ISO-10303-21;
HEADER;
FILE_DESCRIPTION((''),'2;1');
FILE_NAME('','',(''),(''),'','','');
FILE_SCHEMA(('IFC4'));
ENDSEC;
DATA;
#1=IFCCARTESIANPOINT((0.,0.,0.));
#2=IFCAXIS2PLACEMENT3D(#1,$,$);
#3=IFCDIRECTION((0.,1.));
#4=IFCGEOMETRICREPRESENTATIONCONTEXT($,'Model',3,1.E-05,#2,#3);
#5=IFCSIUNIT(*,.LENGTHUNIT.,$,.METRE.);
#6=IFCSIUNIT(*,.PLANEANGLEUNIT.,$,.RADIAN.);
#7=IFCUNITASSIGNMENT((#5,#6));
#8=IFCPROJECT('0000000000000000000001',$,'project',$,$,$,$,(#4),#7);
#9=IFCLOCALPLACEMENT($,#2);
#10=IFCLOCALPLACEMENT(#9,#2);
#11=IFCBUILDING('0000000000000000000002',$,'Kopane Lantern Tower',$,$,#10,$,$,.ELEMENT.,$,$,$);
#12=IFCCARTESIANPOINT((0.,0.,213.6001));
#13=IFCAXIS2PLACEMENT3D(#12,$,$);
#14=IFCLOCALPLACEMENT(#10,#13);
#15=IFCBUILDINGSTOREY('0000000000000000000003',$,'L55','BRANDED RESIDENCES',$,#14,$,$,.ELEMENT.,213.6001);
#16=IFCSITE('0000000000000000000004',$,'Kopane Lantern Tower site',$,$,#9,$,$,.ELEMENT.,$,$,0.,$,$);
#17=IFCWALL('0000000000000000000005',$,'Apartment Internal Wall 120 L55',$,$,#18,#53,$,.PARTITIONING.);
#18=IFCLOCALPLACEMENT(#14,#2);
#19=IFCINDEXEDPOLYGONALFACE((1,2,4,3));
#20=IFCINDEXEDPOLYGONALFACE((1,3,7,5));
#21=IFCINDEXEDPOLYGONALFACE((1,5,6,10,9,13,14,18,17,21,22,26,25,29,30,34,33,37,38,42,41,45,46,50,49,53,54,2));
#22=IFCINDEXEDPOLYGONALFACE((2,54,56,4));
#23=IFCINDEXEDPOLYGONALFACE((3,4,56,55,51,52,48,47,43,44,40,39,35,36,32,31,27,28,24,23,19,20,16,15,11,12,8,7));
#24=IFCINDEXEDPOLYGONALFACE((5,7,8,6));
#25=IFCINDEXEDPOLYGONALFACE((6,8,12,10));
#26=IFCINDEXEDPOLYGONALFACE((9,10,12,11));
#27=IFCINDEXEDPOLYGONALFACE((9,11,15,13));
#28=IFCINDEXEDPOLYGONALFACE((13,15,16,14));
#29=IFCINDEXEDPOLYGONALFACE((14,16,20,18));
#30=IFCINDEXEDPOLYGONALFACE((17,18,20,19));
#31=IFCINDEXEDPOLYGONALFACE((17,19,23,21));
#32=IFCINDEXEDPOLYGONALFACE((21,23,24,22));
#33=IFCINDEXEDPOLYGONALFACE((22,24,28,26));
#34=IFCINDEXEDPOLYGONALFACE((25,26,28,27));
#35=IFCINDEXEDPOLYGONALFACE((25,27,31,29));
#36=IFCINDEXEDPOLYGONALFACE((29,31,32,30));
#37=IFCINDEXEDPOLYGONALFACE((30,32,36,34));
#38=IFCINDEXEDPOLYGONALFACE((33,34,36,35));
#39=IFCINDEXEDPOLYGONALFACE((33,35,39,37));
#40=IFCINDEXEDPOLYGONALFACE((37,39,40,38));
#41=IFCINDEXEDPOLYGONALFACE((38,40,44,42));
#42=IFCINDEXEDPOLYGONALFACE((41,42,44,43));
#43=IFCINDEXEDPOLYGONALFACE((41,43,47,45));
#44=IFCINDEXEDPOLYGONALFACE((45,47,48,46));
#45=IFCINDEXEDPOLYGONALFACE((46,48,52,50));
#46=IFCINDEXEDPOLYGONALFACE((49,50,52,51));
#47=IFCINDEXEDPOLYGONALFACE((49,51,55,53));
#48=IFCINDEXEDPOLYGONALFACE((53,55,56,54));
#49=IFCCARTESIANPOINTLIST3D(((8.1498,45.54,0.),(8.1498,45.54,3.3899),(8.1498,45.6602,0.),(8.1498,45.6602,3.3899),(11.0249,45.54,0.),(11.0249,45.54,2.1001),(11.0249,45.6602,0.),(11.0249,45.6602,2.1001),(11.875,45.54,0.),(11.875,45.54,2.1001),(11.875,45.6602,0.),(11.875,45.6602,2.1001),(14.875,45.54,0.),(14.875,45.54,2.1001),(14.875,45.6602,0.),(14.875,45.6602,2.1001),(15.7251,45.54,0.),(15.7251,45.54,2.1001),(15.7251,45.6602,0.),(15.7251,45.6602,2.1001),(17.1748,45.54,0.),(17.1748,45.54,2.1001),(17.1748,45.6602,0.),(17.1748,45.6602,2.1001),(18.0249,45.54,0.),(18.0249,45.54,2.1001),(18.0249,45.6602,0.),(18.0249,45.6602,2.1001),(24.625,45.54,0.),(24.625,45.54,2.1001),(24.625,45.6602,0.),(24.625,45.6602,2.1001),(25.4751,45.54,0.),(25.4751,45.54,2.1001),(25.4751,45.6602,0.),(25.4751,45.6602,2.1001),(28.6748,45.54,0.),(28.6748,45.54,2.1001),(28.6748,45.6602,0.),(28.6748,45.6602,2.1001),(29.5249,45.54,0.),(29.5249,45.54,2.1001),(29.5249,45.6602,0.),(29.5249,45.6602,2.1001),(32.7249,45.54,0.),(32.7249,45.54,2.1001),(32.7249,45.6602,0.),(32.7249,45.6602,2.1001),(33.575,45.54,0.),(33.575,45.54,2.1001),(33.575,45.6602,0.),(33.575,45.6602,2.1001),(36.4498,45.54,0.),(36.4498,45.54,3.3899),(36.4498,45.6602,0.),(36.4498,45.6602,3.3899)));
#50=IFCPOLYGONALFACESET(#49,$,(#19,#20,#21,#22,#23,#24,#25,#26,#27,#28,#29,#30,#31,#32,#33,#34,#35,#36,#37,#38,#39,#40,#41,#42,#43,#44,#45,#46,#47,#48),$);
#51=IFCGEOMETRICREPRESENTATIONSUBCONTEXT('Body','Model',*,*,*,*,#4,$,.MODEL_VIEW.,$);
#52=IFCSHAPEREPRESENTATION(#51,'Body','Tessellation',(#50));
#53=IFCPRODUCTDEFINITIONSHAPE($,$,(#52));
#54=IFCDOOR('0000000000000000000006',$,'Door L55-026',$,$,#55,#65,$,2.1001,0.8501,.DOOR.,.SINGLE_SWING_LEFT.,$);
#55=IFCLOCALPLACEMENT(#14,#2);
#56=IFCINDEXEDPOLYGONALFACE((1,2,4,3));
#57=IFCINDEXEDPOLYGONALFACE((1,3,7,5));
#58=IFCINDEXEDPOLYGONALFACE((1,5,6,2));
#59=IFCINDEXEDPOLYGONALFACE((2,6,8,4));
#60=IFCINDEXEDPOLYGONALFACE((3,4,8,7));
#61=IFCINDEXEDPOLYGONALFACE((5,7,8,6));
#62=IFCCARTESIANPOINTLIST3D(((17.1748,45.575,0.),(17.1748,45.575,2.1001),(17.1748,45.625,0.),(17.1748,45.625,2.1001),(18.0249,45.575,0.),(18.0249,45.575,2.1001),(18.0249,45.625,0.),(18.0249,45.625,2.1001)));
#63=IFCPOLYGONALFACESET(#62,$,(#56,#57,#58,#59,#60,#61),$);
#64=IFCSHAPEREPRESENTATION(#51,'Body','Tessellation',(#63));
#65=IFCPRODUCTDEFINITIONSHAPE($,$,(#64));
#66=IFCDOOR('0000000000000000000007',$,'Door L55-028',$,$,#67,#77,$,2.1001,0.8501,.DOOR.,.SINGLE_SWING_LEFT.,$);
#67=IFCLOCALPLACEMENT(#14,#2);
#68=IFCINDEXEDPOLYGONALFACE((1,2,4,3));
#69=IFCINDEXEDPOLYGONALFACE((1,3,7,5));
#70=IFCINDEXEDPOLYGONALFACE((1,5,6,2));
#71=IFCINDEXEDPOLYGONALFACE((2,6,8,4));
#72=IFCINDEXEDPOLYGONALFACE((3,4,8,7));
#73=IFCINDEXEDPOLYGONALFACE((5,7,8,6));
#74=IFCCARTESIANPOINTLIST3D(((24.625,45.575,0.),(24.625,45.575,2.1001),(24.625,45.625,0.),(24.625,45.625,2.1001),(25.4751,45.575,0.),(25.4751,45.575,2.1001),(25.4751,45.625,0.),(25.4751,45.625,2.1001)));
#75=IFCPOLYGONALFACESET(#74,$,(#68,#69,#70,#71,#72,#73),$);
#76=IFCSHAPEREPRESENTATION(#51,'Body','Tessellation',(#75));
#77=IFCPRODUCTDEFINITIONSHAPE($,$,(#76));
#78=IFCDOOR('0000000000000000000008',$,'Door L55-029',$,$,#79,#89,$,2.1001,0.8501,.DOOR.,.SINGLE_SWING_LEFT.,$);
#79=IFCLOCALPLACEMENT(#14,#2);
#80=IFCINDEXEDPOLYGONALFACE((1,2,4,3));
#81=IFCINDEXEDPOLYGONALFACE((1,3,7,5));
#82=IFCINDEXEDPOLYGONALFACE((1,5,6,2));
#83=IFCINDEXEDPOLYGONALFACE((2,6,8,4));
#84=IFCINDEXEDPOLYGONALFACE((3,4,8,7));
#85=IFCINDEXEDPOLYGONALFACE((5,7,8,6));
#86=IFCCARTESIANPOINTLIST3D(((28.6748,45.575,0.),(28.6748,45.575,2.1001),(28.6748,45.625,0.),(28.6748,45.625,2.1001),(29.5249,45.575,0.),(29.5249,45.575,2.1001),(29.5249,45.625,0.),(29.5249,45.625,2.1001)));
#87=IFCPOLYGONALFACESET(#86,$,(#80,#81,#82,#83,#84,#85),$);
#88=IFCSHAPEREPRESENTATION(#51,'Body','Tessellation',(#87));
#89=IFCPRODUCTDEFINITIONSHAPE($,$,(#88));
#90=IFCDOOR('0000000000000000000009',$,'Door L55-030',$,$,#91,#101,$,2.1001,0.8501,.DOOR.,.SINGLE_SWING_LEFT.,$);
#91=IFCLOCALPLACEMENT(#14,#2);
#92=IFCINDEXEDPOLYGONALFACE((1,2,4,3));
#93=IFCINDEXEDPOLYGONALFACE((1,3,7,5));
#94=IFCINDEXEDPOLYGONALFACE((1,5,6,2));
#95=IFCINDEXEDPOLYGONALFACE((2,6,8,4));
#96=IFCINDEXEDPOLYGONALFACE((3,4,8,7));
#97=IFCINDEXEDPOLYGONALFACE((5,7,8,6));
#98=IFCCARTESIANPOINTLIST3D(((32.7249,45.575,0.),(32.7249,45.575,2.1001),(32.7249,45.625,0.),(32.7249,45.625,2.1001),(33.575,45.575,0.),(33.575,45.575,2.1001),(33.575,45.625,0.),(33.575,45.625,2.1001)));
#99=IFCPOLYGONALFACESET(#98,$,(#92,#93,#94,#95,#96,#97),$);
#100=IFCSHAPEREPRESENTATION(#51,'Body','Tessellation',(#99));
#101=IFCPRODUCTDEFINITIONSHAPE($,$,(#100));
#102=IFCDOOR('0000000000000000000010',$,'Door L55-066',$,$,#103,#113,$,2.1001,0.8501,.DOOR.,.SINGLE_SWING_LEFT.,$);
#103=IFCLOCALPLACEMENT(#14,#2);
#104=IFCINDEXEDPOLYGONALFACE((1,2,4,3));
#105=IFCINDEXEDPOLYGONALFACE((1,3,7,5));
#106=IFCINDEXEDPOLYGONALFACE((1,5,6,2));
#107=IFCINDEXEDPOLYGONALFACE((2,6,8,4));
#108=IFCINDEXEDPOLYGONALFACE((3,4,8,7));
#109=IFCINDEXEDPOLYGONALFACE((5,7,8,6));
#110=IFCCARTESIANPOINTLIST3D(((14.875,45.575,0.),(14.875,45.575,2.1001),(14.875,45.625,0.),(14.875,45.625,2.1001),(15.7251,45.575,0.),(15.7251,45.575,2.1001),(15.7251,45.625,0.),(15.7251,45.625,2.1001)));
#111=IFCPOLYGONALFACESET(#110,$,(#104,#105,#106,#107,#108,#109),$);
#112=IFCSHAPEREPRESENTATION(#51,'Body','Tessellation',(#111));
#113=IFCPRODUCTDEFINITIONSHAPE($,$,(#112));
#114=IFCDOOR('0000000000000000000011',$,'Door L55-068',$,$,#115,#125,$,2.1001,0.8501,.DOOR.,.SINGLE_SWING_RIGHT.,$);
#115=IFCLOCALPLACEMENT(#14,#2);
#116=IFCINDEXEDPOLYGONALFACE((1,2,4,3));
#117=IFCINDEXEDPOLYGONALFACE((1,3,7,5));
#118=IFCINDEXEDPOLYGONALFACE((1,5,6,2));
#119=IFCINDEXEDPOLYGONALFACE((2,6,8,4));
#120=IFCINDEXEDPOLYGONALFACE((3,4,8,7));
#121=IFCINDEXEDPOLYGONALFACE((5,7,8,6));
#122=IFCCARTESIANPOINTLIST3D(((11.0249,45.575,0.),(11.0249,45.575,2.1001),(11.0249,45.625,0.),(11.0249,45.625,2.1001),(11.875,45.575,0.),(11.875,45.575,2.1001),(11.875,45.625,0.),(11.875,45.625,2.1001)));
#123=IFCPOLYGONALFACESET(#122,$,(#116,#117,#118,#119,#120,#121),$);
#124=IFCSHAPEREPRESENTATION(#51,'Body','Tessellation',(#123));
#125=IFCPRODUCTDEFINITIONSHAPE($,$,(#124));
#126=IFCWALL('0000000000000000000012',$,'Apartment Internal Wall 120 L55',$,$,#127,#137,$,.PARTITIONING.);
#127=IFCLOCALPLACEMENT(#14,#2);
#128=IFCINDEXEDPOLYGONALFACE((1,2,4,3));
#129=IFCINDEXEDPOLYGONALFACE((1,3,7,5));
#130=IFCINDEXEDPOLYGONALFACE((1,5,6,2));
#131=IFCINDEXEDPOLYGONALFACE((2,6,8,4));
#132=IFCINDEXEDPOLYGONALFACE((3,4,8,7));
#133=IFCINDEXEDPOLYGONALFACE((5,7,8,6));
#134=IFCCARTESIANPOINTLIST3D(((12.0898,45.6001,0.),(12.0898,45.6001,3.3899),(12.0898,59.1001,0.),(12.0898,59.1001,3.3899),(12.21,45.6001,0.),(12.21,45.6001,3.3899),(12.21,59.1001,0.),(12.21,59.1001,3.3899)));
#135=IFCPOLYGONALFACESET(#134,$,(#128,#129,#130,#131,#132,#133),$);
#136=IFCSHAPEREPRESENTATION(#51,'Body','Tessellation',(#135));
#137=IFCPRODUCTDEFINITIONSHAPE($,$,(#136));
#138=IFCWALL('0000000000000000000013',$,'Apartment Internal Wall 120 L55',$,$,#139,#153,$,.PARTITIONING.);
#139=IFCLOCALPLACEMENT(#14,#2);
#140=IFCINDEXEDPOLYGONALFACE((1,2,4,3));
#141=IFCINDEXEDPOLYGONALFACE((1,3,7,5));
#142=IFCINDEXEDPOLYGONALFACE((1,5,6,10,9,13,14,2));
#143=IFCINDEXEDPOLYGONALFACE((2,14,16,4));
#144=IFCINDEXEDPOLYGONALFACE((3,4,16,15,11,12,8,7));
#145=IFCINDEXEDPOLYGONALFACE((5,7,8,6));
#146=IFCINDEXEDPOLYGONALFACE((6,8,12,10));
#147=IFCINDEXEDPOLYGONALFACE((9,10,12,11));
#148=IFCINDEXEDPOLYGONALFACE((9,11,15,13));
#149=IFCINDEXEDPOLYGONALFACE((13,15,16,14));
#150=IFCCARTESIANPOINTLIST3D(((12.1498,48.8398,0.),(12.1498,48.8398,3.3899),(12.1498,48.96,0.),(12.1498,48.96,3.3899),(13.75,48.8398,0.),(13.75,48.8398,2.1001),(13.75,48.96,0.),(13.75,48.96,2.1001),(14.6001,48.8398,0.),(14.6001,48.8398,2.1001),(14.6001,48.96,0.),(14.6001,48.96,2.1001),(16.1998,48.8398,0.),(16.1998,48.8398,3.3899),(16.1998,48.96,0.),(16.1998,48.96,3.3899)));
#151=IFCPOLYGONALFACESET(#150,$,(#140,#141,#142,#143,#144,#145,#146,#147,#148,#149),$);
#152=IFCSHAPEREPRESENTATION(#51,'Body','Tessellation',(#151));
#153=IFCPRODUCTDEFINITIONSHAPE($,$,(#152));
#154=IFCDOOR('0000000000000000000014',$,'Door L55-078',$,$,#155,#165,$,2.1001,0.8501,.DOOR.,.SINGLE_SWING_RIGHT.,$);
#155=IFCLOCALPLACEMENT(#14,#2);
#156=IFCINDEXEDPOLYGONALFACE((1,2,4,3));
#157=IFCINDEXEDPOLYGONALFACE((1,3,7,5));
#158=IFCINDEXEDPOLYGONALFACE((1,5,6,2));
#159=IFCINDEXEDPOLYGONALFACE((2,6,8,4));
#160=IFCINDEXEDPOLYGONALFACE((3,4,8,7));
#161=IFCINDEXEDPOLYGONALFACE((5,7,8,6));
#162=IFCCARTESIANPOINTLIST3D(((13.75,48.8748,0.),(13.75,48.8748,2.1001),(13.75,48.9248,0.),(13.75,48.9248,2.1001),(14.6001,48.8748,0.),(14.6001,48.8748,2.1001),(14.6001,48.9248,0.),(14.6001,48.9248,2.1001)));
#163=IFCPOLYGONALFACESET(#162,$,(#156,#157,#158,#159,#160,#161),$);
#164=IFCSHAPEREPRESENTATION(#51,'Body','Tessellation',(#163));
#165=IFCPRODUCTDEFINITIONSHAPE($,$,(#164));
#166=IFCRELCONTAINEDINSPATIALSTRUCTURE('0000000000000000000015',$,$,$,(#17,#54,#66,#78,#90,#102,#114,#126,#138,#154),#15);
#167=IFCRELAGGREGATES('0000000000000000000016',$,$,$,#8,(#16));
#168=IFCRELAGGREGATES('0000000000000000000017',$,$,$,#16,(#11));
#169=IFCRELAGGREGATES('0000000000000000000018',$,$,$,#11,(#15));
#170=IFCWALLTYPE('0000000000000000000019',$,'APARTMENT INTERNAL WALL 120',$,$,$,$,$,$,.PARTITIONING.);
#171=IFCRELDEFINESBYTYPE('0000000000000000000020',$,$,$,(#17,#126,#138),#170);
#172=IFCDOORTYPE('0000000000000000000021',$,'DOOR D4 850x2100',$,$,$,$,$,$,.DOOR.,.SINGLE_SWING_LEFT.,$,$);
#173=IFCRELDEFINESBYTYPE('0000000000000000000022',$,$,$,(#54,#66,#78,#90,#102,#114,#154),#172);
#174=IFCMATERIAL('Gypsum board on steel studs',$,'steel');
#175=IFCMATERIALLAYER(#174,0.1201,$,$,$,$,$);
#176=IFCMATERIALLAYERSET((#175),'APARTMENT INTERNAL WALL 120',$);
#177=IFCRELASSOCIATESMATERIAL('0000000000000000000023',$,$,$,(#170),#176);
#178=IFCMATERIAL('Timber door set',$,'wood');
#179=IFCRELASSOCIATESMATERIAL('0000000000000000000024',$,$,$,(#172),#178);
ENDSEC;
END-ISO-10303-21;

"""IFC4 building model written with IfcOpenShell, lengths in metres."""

from ifc_helpers import new_model, si_unit, direction, frame, frame_2d, origin, place, context, subcontext, project, spatial, rectangle, extrude, material, layer, layer_set, type_object, element, fill, save


model = new_model("IFC4")

# Units and contexts
model_context = context("Model", 3, precision=1e-05, world=origin(), true_north=direction((0.0, 1.0)))
body_context = subcontext(model_context, "Body", "Model", "MODEL_VIEW")
ifc_project = project(units=[si_unit("LENGTHUNIT", "METRE"), si_unit("PLANEANGLEUNIT", "RADIAN")], contexts=[model_context])

# Site, building, storey
site_placement = place(None, origin())
site = spatial("IfcSite", under=ifc_project, at=site_placement, Name="Kopane Lantern Tower site", CompositionType="ELEMENT", RefElevation=0.0)
building_placement = place(site_placement, origin())
building = spatial("IfcBuilding", under=site, at=building_placement, Name="Kopane Lantern Tower", CompositionType="ELEMENT")
storey_placement = place(building_placement, frame((0.0, 0.0, 213.6001)))
storey = spatial("IfcBuildingStorey", under=building, at=storey_placement, Name="L55", Description="BRANDED RESIDENCES", CompositionType="ELEMENT", Elevation=213.6001)

# Wall, openings, doors
ifc_material_1 = material(Name="Gypsum board on steel studs", Category="steel")
ifc_layer = layer(ifc_material_1, 0.1201)
ifc_layer_set = layer_set([ifc_layer], Name="APARTMENT INTERNAL WALL 120")
wall_type = type_object("IfcWallType", Name="APARTMENT INTERNAL WALL 120", PredefinedType="PARTITIONING", material=ifc_layer_set)
wall_1_placement = place(storey_placement, frame((8.1499, 45.6001, 0.0), z_axis=(0.0, 0.0, 1.0), x_axis=(1.0, 0.0, 0.0)))
wall_1 = element("IfcWall", 1, at=wall_1_placement, inside=storey, type_object=wall_type, Name="Apartment Internal Wall 120 L55", PredefinedType="PARTITIONING", context=body_context, shape_type="SweptSolid", body=[
    extrude(rectangle(XDim=28.3, YDim=0.1201, at=frame_2d((14.1499, 0.0))), origin(), (0.0, 0.0, 1.0), 3.3899),
])
opening_1_placement = place(wall_1_placement, frame((9.0249, 0.0, 0.0)))
opening_1 = element("IfcOpeningElement", 2, at=opening_1_placement, cuts=wall_1, PredefinedType="OPENING", context=body_context, shape_type="SweptSolid", body=[
    extrude(rectangle(XDim=0.8501, YDim=2.1001, at=frame_2d((0.425, 1.05))), frame((0.0, 0.0701, 0.0), z_axis=(0.0, -1.0, 0.0), x_axis=(1.0, 0.0, 0.0)), (0.0, 0.0, 1.0), 0.1401),
])
opening_2_placement = place(wall_1_placement, frame((16.4751, 0.0, 0.0)))
opening_2 = element("IfcOpeningElement", 3, at=opening_2_placement, cuts=wall_1, PredefinedType="OPENING", context=body_context, shape_type="SweptSolid", body=[
    extrude(rectangle(XDim=0.8501, YDim=2.1001, at=frame_2d((0.425, 1.05))), frame((0.0, 0.0701, 0.0), z_axis=(0.0, -1.0, 0.0), x_axis=(1.0, 0.0, 0.0)), (0.0, 0.0, 1.0), 0.1401),
])
opening_3_placement = place(wall_1_placement, frame((20.5249, 0.0, 0.0)))
opening_3 = element("IfcOpeningElement", 4, at=opening_3_placement, cuts=wall_1, PredefinedType="OPENING", context=body_context, shape_type="SweptSolid", body=[
    extrude(rectangle(XDim=0.8501, YDim=2.1001, at=frame_2d((0.425, 1.05))), frame((0.0, 0.0701, 0.0), z_axis=(0.0, -1.0, 0.0), x_axis=(1.0, 0.0, 0.0)), (0.0, 0.0, 1.0), 0.1401),
])
opening_4_placement = place(wall_1_placement, frame((24.575, 0.0, 0.0)))
opening_4 = element("IfcOpeningElement", 5, at=opening_4_placement, cuts=wall_1, PredefinedType="OPENING", context=body_context, shape_type="SweptSolid", body=[
    extrude(rectangle(XDim=0.8501, YDim=2.1001, at=frame_2d((0.425, 1.05))), frame((0.0, 0.0701, 0.0), z_axis=(0.0, -1.0, 0.0), x_axis=(1.0, 0.0, 0.0)), (0.0, 0.0, 1.0), 0.1401),
])
opening_5_placement = place(wall_1_placement, frame((6.7251, 0.0, 0.0)))
opening_5 = element("IfcOpeningElement", 6, at=opening_5_placement, cuts=wall_1, PredefinedType="OPENING", context=body_context, shape_type="SweptSolid", body=[
    extrude(rectangle(XDim=0.8501, YDim=2.1001, at=frame_2d((0.425, 1.05))), frame((0.0, 0.0701, 0.0), z_axis=(0.0, -1.0, 0.0), x_axis=(1.0, 0.0, 0.0)), (0.0, 0.0, 1.0), 0.1401),
])
opening_6_placement = place(wall_1_placement, frame((2.875, 0.0, 0.0)))
opening_6 = element("IfcOpeningElement", 7, at=opening_6_placement, cuts=wall_1, PredefinedType="OPENING", context=body_context, shape_type="SweptSolid", body=[
    extrude(rectangle(XDim=0.8501, YDim=2.1001, at=frame_2d((0.425, 1.05))), frame((0.0, 0.0701, 0.0), z_axis=(0.0, -1.0, 0.0), x_axis=(1.0, 0.0, 0.0)), (0.0, 0.0, 1.0), 0.1401),
])
ifc_material_2 = material(Name="Timber door set", Category="wood")
door_type = type_object("IfcDoorType", Name="DOOR D4 850x2100", OperationType="SINGLE_SWING_LEFT", PredefinedType="DOOR", material=ifc_material_2)
door_1_placement = place(opening_1_placement, origin())
door_1 = element("IfcDoor", 8, at=door_1_placement, inside=storey, type_object=door_type, Name="Door L55-026", OperationType="SINGLE_SWING_LEFT", OverallHeight=2.1001, OverallWidth=0.8501, PredefinedType="DOOR", context=body_context, shape_type="SweptSolid", body=[
    extrude(rectangle(XDim=0.8501, YDim=2.1001, at=frame_2d((0.425, 1.05))), frame((0.0, 0.0249, 0.0), z_axis=(0.0, -1.0, 0.0), x_axis=(1.0, 0.0, 0.0)), (0.0, 0.0, 1.0), 0.05),
])
fill(opening_1, door_1)
door_2_placement = place(opening_2_placement, origin())
door_2 = element("IfcDoor", 9, at=door_2_placement, inside=storey, type_object=door_type, Name="Door L55-028", OperationType="SINGLE_SWING_LEFT", OverallHeight=2.1001, OverallWidth=0.8501, PredefinedType="DOOR", context=body_context, shape_type="SweptSolid", body=[
    extrude(rectangle(XDim=0.8501, YDim=2.1001, at=frame_2d((0.425, 1.05))), frame((0.0, 0.0249, 0.0), z_axis=(0.0, -1.0, 0.0), x_axis=(1.0, 0.0, 0.0)), (0.0, 0.0, 1.0), 0.05),
])
fill(opening_2, door_2)
door_3_placement = place(opening_3_placement, origin())
door_3 = element("IfcDoor", 10, at=door_3_placement, inside=storey, type_object=door_type, Name="Door L55-029", OperationType="SINGLE_SWING_LEFT", OverallHeight=2.1001, OverallWidth=0.8501, PredefinedType="DOOR", context=body_context, shape_type="SweptSolid", body=[
    extrude(rectangle(XDim=0.8501, YDim=2.1001, at=frame_2d((0.425, 1.05))), frame((0.0, 0.0249, 0.0), z_axis=(0.0, -1.0, 0.0), x_axis=(1.0, 0.0, 0.0)), (0.0, 0.0, 1.0), 0.05),
])
fill(opening_3, door_3)
door_4_placement = place(opening_4_placement, origin())
door_4 = element("IfcDoor", 11, at=door_4_placement, inside=storey, type_object=door_type, Name="Door L55-030", OperationType="SINGLE_SWING_LEFT", OverallHeight=2.1001, OverallWidth=0.8501, PredefinedType="DOOR", context=body_context, shape_type="SweptSolid", body=[
    extrude(rectangle(XDim=0.8501, YDim=2.1001, at=frame_2d((0.425, 1.05))), frame((0.0, 0.0249, 0.0), z_axis=(0.0, -1.0, 0.0), x_axis=(1.0, 0.0, 0.0)), (0.0, 0.0, 1.0), 0.05),
])
fill(opening_4, door_4)
door_5_placement = place(opening_5_placement, origin())
door_5 = element("IfcDoor", 12, at=door_5_placement, inside=storey, type_object=door_type, Name="Door L55-066", OperationType="SINGLE_SWING_LEFT", OverallHeight=2.1001, OverallWidth=0.8501, PredefinedType="DOOR", context=body_context, shape_type="SweptSolid", body=[
    extrude(rectangle(XDim=0.8501, YDim=2.1001, at=frame_2d((0.425, 1.05))), frame((0.0, 0.0249, 0.0), z_axis=(0.0, -1.0, 0.0), x_axis=(1.0, 0.0, 0.0)), (0.0, 0.0, 1.0), 0.05),
])
fill(opening_5, door_5)
door_6_placement = place(opening_6_placement, origin())
door_6 = element("IfcDoor", 13, at=door_6_placement, inside=storey, type_object=door_type, Name="Door L55-068", OperationType="SINGLE_SWING_RIGHT", OverallHeight=2.1001, OverallWidth=0.8501, PredefinedType="DOOR", context=body_context, shape_type="SweptSolid", body=[
    extrude(rectangle(XDim=0.8501, YDim=2.1001, at=frame_2d((0.425, 1.05))), frame((0.0, 0.0249, 0.0), z_axis=(0.0, -1.0, 0.0), x_axis=(1.0, 0.0, 0.0)), (0.0, 0.0, 1.0), 0.05),
])
fill(opening_6, door_6)

# Wall
wall_2_placement = place(storey_placement, frame((12.1499, 45.6001, 0.0), z_axis=(0.0, 0.0, 1.0), x_axis=(0.0, 1.0, 0.0)))
element("IfcWall", 14, at=wall_2_placement, inside=storey, type_object=wall_type, Name="Apartment Internal Wall 120 L55", PredefinedType="PARTITIONING", context=body_context, shape_type="SweptSolid", body=[
    extrude(rectangle(XDim=13.5, YDim=0.1201, at=frame_2d((6.75, 0.0))), origin(), (0.0, 0.0, 1.0), 3.3899),
])

# Wall, opening, door
wall_3_placement = place(storey_placement, frame((12.1499, 48.8999, 0.0), z_axis=(0.0, 0.0, 1.0), x_axis=(1.0, 0.0, 0.0)))
wall_3 = element("IfcWall", 15, at=wall_3_placement, inside=storey, type_object=wall_type, Name="Apartment Internal Wall 120 L55", PredefinedType="PARTITIONING", context=body_context, shape_type="SweptSolid", body=[
    extrude(rectangle(XDim=4.05, YDim=0.1201, at=frame_2d((2.0249, 0.0))), origin(), (0.0, 0.0, 1.0), 3.3899),
])
opening_7_placement = place(wall_3_placement, frame((1.6001, 0.0, 0.0)))
opening_7 = element("IfcOpeningElement", 16, at=opening_7_placement, cuts=wall_3, PredefinedType="OPENING", context=body_context, shape_type="SweptSolid", body=[
    extrude(rectangle(XDim=0.8501, YDim=2.1001, at=frame_2d((0.425, 1.05))), frame((0.0, 0.0701, 0.0), z_axis=(0.0, -1.0, 0.0), x_axis=(1.0, 0.0, 0.0)), (0.0, 0.0, 1.0), 0.1401),
])
door_7_placement = place(opening_7_placement, origin())
door_7 = element("IfcDoor", 17, at=door_7_placement, inside=storey, type_object=door_type, Name="Door L55-078", OperationType="SINGLE_SWING_RIGHT", OverallHeight=2.1001, OverallWidth=0.8501, PredefinedType="DOOR", context=body_context, shape_type="SweptSolid", body=[
    extrude(rectangle(XDim=0.8501, YDim=2.1001, at=frame_2d((0.425, 1.05))), frame((0.0, 0.0249, 0.0), z_axis=(0.0, -1.0, 0.0), x_axis=(1.0, 0.0, 0.0)), (0.0, 0.0, 1.0), 0.05),
])
fill(opening_7, door_7)

save(model, "model.ifc")
